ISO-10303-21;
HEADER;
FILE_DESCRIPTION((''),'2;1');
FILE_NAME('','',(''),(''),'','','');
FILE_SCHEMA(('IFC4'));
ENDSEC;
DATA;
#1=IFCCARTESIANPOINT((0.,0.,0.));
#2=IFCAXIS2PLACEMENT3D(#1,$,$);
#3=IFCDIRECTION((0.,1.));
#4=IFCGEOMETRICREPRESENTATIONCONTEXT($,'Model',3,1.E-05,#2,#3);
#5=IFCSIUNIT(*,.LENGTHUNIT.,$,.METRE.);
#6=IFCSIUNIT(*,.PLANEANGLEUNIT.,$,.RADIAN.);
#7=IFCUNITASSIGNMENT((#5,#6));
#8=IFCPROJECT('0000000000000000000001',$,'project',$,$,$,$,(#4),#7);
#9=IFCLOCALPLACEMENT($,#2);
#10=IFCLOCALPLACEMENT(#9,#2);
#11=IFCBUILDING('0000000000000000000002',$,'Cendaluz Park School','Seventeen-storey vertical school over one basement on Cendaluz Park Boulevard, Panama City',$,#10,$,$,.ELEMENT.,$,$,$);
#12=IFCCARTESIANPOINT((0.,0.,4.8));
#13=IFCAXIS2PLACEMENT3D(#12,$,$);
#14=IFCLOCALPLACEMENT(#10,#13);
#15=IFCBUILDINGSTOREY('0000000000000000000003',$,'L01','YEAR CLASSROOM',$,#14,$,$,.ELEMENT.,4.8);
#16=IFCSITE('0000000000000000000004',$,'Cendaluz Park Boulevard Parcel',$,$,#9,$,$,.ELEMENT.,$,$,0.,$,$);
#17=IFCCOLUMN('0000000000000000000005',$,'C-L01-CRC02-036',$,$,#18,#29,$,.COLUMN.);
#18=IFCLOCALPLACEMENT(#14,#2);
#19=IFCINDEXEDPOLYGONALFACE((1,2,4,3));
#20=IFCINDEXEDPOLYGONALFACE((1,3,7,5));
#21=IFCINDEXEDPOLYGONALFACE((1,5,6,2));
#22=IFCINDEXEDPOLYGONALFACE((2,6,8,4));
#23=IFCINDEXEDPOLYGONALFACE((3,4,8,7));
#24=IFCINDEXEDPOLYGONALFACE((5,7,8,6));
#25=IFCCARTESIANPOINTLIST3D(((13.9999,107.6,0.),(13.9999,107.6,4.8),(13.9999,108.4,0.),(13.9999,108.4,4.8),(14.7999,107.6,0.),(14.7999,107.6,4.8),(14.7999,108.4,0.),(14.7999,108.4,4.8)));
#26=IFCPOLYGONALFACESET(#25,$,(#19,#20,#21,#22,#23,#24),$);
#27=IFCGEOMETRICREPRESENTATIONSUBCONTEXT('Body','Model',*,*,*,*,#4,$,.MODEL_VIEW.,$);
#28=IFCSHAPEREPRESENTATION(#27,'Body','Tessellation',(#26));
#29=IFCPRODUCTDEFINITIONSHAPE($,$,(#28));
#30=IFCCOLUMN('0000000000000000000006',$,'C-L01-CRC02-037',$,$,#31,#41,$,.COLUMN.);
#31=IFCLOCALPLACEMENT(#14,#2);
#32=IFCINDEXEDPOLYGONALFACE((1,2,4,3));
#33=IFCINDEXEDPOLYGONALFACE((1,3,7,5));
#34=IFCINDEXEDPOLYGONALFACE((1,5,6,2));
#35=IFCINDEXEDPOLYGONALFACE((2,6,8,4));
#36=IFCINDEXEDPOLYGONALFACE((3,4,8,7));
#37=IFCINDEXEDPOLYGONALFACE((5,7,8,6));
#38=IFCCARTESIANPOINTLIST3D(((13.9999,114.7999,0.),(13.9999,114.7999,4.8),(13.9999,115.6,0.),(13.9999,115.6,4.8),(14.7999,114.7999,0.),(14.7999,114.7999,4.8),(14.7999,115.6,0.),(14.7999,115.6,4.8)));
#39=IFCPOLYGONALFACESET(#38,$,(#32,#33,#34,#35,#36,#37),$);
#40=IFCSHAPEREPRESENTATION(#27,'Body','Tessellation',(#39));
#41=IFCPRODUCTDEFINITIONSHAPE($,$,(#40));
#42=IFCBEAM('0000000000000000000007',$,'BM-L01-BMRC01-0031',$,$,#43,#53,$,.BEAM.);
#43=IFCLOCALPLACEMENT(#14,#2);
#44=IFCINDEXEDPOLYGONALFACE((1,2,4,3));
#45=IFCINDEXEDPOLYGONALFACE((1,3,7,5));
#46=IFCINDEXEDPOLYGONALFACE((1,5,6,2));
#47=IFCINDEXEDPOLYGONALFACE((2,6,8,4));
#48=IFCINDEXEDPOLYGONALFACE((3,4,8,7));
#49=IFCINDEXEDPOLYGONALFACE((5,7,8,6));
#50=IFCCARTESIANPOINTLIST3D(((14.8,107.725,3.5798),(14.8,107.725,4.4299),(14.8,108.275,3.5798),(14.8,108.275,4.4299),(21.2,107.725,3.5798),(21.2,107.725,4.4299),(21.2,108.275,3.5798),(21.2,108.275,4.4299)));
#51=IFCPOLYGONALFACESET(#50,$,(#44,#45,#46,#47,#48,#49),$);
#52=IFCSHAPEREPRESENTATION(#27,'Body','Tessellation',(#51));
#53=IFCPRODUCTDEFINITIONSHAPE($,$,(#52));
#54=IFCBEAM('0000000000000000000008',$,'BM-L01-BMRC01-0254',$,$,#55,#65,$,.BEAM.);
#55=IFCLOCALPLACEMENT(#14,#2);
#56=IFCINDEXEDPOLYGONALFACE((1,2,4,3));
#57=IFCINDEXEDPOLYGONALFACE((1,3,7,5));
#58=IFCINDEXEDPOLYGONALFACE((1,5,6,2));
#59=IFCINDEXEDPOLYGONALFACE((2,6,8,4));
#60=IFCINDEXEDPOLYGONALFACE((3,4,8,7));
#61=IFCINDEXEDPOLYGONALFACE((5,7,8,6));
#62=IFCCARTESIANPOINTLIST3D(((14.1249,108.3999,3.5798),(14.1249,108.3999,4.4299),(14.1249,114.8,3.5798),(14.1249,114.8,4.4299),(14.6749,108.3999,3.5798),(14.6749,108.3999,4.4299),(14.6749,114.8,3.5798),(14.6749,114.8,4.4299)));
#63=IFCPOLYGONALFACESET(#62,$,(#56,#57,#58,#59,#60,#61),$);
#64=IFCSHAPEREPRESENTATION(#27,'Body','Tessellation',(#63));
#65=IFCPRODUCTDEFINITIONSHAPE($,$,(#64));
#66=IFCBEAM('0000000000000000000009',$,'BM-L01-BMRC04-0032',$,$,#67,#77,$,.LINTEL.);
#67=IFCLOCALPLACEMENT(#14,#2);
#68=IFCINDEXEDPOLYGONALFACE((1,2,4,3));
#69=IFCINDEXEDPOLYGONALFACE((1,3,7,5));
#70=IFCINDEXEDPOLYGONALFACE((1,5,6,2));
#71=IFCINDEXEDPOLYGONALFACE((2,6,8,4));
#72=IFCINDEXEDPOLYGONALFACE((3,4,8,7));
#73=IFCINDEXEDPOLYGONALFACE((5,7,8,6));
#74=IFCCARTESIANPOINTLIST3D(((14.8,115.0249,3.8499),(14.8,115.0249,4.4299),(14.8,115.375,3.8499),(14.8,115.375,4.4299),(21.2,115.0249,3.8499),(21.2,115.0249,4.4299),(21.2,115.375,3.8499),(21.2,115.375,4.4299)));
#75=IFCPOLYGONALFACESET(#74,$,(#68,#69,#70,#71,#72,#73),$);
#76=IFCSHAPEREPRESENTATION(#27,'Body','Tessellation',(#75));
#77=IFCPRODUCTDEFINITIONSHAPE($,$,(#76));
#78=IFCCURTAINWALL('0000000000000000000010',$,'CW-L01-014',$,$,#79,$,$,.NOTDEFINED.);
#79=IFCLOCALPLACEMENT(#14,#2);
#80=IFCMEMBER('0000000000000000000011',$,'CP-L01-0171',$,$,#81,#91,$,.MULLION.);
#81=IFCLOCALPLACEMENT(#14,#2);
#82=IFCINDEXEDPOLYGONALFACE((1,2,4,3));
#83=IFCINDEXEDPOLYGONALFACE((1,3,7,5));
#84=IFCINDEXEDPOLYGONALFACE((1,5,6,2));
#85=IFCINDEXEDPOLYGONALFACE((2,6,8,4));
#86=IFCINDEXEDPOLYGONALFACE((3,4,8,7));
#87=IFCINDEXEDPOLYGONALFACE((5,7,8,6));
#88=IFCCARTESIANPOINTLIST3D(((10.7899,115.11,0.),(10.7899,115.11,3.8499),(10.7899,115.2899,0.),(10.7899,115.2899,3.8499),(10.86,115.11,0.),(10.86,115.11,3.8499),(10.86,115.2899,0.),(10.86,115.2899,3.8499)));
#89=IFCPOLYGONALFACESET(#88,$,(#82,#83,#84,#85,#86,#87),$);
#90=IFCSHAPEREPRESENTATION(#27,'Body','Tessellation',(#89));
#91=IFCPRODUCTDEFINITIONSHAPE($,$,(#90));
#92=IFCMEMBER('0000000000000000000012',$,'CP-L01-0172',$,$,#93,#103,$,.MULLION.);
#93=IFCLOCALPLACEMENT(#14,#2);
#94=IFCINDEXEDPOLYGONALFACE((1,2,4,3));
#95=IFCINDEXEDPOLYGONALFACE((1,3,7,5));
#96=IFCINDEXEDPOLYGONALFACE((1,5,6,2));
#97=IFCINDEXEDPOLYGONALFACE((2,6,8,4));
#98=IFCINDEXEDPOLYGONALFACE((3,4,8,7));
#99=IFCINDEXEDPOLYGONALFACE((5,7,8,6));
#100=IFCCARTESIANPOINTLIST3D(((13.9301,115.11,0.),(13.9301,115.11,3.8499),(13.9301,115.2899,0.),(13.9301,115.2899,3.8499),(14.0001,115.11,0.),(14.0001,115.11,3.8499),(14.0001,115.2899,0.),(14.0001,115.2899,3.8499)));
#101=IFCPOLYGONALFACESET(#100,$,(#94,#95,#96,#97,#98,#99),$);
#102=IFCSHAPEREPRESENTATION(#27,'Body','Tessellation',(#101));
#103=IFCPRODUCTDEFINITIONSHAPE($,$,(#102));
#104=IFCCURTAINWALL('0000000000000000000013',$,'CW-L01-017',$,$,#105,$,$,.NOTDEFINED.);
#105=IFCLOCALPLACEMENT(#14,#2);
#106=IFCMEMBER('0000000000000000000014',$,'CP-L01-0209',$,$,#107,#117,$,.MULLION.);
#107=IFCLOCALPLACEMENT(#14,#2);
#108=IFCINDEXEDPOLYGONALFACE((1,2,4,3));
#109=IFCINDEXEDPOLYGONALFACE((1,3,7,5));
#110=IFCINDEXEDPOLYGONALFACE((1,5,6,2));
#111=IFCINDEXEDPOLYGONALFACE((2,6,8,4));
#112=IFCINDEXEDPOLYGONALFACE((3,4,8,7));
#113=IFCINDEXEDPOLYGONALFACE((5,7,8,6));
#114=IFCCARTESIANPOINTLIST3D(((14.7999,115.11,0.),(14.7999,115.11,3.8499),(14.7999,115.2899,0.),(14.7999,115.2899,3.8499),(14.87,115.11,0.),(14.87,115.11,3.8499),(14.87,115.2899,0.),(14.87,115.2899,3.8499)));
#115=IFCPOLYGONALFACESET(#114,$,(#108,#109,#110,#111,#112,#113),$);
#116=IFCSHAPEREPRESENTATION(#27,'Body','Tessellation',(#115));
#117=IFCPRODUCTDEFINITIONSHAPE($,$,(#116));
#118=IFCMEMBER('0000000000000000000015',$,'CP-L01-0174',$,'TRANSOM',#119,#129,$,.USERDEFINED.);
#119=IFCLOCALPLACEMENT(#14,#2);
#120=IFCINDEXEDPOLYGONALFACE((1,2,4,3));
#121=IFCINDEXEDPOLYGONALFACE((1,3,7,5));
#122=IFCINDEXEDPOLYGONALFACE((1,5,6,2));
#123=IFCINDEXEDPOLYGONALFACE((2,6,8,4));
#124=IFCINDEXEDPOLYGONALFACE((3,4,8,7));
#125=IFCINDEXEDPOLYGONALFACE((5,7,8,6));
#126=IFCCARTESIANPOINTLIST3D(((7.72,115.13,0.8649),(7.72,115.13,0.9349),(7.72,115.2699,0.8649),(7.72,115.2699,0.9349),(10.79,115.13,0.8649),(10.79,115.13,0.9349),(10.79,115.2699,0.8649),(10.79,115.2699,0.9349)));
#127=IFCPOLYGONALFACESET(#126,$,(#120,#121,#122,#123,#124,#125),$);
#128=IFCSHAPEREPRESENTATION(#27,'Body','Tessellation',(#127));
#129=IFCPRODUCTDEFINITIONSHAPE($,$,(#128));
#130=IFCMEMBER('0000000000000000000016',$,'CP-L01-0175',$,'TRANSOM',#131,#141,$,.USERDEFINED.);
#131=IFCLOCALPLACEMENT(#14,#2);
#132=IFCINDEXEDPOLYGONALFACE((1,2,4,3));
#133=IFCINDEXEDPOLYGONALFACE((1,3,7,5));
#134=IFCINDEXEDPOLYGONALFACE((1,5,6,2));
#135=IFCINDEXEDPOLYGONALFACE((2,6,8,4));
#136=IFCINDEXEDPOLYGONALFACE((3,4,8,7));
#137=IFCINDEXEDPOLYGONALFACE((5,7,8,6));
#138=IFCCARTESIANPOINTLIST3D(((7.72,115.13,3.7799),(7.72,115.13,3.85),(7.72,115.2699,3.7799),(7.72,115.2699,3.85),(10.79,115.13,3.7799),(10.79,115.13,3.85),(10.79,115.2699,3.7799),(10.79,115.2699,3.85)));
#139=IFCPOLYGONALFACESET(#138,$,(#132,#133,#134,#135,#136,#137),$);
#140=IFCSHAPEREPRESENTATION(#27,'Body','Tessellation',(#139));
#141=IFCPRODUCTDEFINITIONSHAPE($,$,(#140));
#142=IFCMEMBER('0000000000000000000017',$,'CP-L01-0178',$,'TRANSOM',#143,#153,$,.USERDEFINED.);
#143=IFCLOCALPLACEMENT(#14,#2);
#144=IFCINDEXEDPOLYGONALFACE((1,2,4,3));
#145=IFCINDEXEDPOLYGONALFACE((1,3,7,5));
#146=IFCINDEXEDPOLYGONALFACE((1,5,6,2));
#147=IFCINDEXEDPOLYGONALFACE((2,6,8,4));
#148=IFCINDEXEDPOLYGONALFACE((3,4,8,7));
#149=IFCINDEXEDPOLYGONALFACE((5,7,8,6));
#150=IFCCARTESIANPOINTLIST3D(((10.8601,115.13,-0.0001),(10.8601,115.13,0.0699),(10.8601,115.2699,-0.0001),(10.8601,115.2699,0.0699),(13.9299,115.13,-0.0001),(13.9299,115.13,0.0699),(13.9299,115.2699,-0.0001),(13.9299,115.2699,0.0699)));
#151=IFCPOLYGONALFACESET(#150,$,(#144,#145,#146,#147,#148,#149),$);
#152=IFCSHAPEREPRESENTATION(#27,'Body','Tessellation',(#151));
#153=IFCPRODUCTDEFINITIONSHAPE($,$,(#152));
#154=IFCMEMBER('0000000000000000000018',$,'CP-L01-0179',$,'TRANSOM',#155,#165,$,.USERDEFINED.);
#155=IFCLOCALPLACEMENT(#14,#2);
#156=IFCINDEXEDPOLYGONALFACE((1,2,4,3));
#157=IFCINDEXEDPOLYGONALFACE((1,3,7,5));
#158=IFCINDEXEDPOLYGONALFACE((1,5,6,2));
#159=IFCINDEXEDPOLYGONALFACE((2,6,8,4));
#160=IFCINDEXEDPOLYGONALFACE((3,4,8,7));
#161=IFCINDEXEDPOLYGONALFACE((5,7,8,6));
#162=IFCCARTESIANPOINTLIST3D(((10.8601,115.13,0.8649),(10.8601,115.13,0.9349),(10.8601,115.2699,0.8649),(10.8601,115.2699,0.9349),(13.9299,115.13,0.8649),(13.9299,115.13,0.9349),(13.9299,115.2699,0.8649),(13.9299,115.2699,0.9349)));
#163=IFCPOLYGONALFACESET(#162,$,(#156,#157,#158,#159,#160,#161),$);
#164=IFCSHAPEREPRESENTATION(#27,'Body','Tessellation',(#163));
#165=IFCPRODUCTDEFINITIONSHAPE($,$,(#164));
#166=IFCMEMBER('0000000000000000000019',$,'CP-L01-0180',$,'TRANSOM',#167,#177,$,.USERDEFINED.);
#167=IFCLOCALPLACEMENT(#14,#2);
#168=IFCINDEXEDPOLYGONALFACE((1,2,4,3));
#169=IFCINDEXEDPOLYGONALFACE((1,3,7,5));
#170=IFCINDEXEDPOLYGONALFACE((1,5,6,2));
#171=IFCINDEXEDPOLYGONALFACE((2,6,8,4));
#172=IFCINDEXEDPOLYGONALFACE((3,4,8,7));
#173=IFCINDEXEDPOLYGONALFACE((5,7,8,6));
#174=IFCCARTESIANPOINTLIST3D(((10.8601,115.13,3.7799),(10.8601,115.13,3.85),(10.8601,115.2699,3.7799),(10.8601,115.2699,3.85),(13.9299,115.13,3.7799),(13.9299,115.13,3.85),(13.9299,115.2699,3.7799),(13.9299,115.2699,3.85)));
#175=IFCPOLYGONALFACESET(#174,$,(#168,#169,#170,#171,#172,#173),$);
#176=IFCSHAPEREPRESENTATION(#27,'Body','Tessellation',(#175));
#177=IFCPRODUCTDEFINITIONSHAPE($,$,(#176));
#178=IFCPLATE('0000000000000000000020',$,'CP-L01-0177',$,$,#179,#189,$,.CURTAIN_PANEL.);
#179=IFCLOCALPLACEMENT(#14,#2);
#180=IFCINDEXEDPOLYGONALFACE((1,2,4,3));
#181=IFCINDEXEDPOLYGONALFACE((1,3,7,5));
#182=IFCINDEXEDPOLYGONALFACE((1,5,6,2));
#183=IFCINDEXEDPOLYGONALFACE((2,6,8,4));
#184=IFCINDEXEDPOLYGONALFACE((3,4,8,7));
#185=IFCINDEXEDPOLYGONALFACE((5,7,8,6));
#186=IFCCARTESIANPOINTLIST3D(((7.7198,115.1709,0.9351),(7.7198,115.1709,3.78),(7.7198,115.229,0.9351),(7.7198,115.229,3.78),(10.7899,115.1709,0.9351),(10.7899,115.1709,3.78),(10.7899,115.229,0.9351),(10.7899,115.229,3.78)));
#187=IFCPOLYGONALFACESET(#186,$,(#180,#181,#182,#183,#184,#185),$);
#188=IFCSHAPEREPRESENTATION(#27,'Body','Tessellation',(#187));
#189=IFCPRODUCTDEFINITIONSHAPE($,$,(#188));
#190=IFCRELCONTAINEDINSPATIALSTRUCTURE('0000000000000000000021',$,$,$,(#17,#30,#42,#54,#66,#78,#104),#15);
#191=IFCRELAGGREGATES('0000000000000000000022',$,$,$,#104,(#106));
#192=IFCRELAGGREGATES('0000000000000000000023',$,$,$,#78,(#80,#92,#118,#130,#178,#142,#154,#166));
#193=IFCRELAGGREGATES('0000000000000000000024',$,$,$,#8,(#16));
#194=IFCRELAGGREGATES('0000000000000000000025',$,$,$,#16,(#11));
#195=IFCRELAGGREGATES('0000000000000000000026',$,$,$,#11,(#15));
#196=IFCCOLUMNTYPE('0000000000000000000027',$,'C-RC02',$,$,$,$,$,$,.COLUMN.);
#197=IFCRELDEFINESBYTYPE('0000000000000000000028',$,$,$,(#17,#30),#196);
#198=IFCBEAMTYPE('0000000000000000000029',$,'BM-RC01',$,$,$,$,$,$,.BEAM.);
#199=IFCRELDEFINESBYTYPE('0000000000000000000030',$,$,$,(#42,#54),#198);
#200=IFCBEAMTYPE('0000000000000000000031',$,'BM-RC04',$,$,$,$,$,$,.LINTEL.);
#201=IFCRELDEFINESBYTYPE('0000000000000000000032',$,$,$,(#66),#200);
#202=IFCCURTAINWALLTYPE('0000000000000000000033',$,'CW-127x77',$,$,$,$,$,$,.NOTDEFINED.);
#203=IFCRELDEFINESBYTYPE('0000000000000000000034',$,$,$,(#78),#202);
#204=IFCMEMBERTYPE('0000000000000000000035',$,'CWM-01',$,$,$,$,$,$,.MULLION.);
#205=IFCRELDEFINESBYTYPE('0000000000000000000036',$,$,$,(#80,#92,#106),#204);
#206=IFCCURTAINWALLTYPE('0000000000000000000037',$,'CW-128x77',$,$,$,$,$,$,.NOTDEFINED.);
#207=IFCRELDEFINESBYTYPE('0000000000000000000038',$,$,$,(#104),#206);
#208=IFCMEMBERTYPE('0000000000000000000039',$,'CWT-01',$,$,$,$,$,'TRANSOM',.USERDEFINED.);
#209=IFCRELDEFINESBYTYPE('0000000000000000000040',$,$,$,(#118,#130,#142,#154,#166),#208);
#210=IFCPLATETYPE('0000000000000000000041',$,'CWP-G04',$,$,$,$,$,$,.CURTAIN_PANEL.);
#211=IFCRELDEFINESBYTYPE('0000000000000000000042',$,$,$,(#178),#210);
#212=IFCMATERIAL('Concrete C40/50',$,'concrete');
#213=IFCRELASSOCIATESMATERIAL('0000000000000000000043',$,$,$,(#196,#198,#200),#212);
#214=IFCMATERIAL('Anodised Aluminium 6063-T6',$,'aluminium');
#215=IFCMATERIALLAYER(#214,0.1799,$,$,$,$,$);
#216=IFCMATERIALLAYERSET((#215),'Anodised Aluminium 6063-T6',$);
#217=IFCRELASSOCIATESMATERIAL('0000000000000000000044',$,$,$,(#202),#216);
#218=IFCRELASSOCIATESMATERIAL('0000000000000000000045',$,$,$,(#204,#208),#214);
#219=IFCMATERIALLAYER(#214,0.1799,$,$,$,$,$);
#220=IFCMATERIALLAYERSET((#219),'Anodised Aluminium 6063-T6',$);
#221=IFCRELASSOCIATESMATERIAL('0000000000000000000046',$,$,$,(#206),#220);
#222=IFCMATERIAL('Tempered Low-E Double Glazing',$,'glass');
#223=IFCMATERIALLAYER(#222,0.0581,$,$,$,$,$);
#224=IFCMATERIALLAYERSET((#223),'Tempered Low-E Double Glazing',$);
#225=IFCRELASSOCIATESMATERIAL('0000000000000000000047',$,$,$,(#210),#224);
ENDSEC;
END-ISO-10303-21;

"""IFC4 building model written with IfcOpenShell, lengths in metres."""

from ifc_helpers import new_model, si_unit, direction, frame, origin, origin_2d, place, context, subcontext, project, spatial, rectangle, extrude, material, layer, layer_set, material_profile, profile_set, type_object, element, aggregate, save


model = new_model("IFC4")

# Units and contexts
model_context = context("Model", 3, precision=1e-05, world=origin(), true_north=direction((0.0, 1.0)))
body_context = subcontext(model_context, "Body", "Model", "MODEL_VIEW")
ifc_project = project(units=[si_unit("LENGTHUNIT", "METRE"), si_unit("PLANEANGLEUNIT", "RADIAN")], contexts=[model_context])

# Site, building, storey
site_placement = place(None, origin())
site = spatial("IfcSite", under=ifc_project, at=site_placement, Name="Cendaluz Park Boulevard Parcel", CompositionType="ELEMENT", RefElevation=0.0)
building_placement = place(site_placement, origin())
building = spatial("IfcBuilding", under=site, at=building_placement, Name="Cendaluz Park School", Description="Seventeen-storey vertical school over one basement on Cendaluz Park Boulevard, Panama City", CompositionType="ELEMENT")
storey_placement = place(building_placement, frame((0.0, 0.0, 4.8)))
storey = spatial("IfcBuildingStorey", under=building, at=storey_placement, Name="L01", Description="YEAR CLASSROOM", CompositionType="ELEMENT", Elevation=4.8)

# Columns
ifc_material_1 = material(Name="Concrete C40/50", Category="concrete")
ifc_material_profile_1 = material_profile(ifc_material_1, rectangle(XDim=0.8, YDim=0.8, at=origin_2d()), Name="RC 800x800", Category="concrete")
ifc_profile_set_1 = profile_set([ifc_material_profile_1], Name="Concrete C40/50")
column_type = type_object("IfcColumnType", Name="C-RC02", PredefinedType="COLUMN", material=ifc_profile_set_1)
for number, where, z_axis, x_axis, name in (
    (1, (14.3999, 108.0, 0.0), (0.0, 0.0, 1.0), (1.0, 0.0, 0.0), "C-L01-CRC02-036"),
    (2, (14.3999, 115.2, 0.0), (0.0, 0.0, 1.0), (1.0, 0.0, 0.0), "C-L01-CRC02-037"),
):
    element("IfcColumn", number, at=place(storey_placement, frame(where, z_axis=z_axis, x_axis=x_axis)), inside=storey, type_object=column_type, Name=name, PredefinedType="COLUMN", context=body_context, shape_type="SweptSolid", body=[
        extrude(rectangle(XDim=0.8, YDim=0.8, at=origin_2d()), origin(), (0.0, 0.0, 1.0), 4.8),
    ])

# Beams
ifc_material_profile_2 = material_profile(ifc_material_1, rectangle(XDim=0.55, YDim=0.8501, at=origin_2d()), Name="RC 550x850", Category="concrete")
ifc_profile_set_2 = profile_set([ifc_material_profile_2], Name="Concrete C40/50")
beam_type_1 = type_object("IfcBeamType", Name="BM-RC01", PredefinedType="BEAM", material=ifc_profile_set_2)
beam_1_placement = place(storey_placement, frame((14.8, 108.0, 4.0049), z_axis=(1.0, 0.0, 0.0), x_axis=(0.0, 1.0, 0.0)))
element("IfcBeam", 3, at=beam_1_placement, inside=storey, type_object=beam_type_1, Name="BM-L01-BMRC01-0031", PredefinedType="BEAM", context=body_context, shape_type="SweptSolid", body=[
    extrude(rectangle(XDim=0.55, YDim=0.8501, at=origin_2d()), origin(), (0.0, 0.0, 1.0), 6.3999),
])
beam_2_placement = place(storey_placement, frame((14.3999, 108.3999, 4.0049), z_axis=(0.0, 1.0, 0.0), x_axis=(-1.0, 0.0, 0.0)))
element("IfcBeam", 4, at=beam_2_placement, inside=storey, type_object=beam_type_1, Name="BM-L01-BMRC01-0254", PredefinedType="BEAM", context=body_context, shape_type="SweptSolid", body=[
    extrude(rectangle(XDim=0.55, YDim=0.8501, at=origin_2d()), origin(), (0.0, 0.0, 1.0), 6.4001),
])
ifc_material_profile_3 = material_profile(ifc_material_1, rectangle(XDim=0.3501, YDim=0.5801, at=origin_2d()), Name="RC 350x580", Category="concrete")
ifc_profile_set_3 = profile_set([ifc_material_profile_3], Name="Concrete C40/50")
beam_type_2 = type_object("IfcBeamType", Name="BM-RC04", PredefinedType="LINTEL", material=ifc_profile_set_3)
beam_3_placement = place(storey_placement, frame((14.8, 115.2, 4.1399), z_axis=(1.0, 0.0, 0.0), x_axis=(0.0, 1.0, 0.0)))
element("IfcBeam", 5, at=beam_3_placement, inside=storey, type_object=beam_type_2, Name="BM-L01-BMRC04-0032", PredefinedType="LINTEL", context=body_context, shape_type="SweptSolid", body=[
    extrude(rectangle(XDim=0.3501, YDim=0.5801, at=origin_2d()), origin(), (0.0, 0.0, 1.0), 6.3999),
])

# Curtain wall, members
ifc_material_2 = material(Name="Anodised Aluminium 6063-T6", Category="aluminium")
ifc_layer_1 = layer(ifc_material_2, 0.1799)
ifc_layer_set_1 = layer_set([ifc_layer_1], Name="Anodised Aluminium 6063-T6")
curtain_wall_type_1 = type_object("IfcCurtainWallType", Name="CW-127x77", PredefinedType="NOTDEFINED", material=ifc_layer_set_1)
curtain_wall_1_placement = place(storey_placement, origin())
curtain_wall_1 = element("IfcCurtainWall", 6, at=curtain_wall_1_placement, inside=storey, type_object=curtain_wall_type_1, Name="CW-L01-014", PredefinedType="NOTDEFINED")
ifc_material_profile_4 = material_profile(ifc_material_2, rectangle(XDim=0.1799, YDim=0.0701, at=origin_2d()), Name="CWM 180x70", Category="aluminium")
ifc_profile_set_4 = profile_set([ifc_material_profile_4], Name="Anodised Aluminium 6063-T6")
member_type_1 = type_object("IfcMemberType", Name="CWM-01", PredefinedType="MULLION", material=ifc_profile_set_4)
member_1_placement = place(storey_placement, frame((10.825, 115.2, 0.0), z_axis=(0.0, 0.0, 1.0), x_axis=(0.0, 1.0, 0.0)))
member_1 = element("IfcMember", 7, at=member_1_placement, type_object=member_type_1, Name="CP-L01-0171", PredefinedType="MULLION", context=body_context, shape_type="SweptSolid", body=[
    extrude(rectangle(XDim=0.1799, YDim=0.0701, at=origin_2d()), origin(), (0.0, 0.0, 1.0), 3.8499),
])
member_2_placement = place(storey_placement, frame((13.9651, 115.2, 0.0), z_axis=(0.0, 0.0, 1.0), x_axis=(0.0, 1.0, 0.0)))
member_2 = element("IfcMember", 8, at=member_2_placement, type_object=member_type_1, Name="CP-L01-0172", PredefinedType="MULLION", context=body_context, shape_type="SweptSolid", body=[
    extrude(rectangle(XDim=0.1799, YDim=0.0701, at=origin_2d()), origin(), (0.0, 0.0, 1.0), 3.8499),
])

# Curtain wall, member
ifc_layer_2 = layer(ifc_material_2, 0.1799)
ifc_layer_set_2 = layer_set([ifc_layer_2], Name="Anodised Aluminium 6063-T6")
curtain_wall_type_2 = type_object("IfcCurtainWallType", Name="CW-128x77", PredefinedType="NOTDEFINED", material=ifc_layer_set_2)
curtain_wall_2_placement = place(storey_placement, origin())
curtain_wall_2 = element("IfcCurtainWall", 9, at=curtain_wall_2_placement, inside=storey, type_object=curtain_wall_type_2, Name="CW-L01-017", PredefinedType="NOTDEFINED")
member_3_placement = place(storey_placement, frame((14.835, 115.2, 0.0), z_axis=(0.0, 0.0, 1.0), x_axis=(0.0, 1.0, 0.0)))
member_3 = element("IfcMember", 10, at=member_3_placement, type_object=member_type_1, Name="CP-L01-0209", PredefinedType="MULLION", context=body_context, shape_type="SweptSolid", body=[
    extrude(rectangle(XDim=0.1799, YDim=0.0701, at=origin_2d()), origin(), (0.0, 0.0, 1.0), 3.8499),
])
aggregate(curtain_wall_2, [member_3])

# Members
ifc_material_profile_5 = material_profile(ifc_material_2, rectangle(XDim=0.1399, YDim=0.0701, at=origin_2d()), Name="CWT 140x70", Category="aluminium")
ifc_profile_set_5 = profile_set([ifc_material_profile_5], Name="Anodised Aluminium 6063-T6")
member_type_2 = type_object("IfcMemberType", Name="CWT-01", ElementType="TRANSOM", PredefinedType="USERDEFINED", material=ifc_profile_set_5)
member_4_placement = place(storey_placement, frame((7.72, 115.2, 0.8999), z_axis=(1.0, 0.0, 0.0), x_axis=(0.0, 1.0, 0.0)))
member_4 = element("IfcMember", 11, at=member_4_placement, type_object=member_type_2, Name="CP-L01-0174", ObjectType="TRANSOM", PredefinedType="USERDEFINED", context=body_context, shape_type="SweptSolid", body=[
    extrude(rectangle(XDim=0.1399, YDim=0.0701, at=origin_2d()), origin(), (0.0, 0.0, 1.0), 3.0701),
])
member_5_placement = place(storey_placement, frame((7.72, 115.2, 3.8149), z_axis=(1.0, 0.0, 0.0), x_axis=(0.0, 1.0, 0.0)))
member_5 = element("IfcMember", 12, at=member_5_placement, type_object=member_type_2, Name="CP-L01-0175", ObjectType="TRANSOM", PredefinedType="USERDEFINED", context=body_context, shape_type="SweptSolid", body=[
    extrude(rectangle(XDim=0.1399, YDim=0.0701, at=origin_2d()), origin(), (0.0, 0.0, 1.0), 3.0701),
])
member_6_placement = place(storey_placement, frame((10.8601, 115.2, 0.0349), z_axis=(1.0, 0.0, 0.0), x_axis=(0.0, 1.0, 0.0)))
member_6 = element("IfcMember", 13, at=member_6_placement, type_object=member_type_2, Name="CP-L01-0178", ObjectType="TRANSOM", PredefinedType="USERDEFINED", context=body_context, shape_type="SweptSolid", body=[
    extrude(rectangle(XDim=0.1399, YDim=0.0701, at=origin_2d()), origin(), (0.0, 0.0, 1.0), 3.0698),
])
member_7_placement = place(storey_placement, frame((10.8601, 115.2, 0.8999), z_axis=(1.0, 0.0, 0.0), x_axis=(0.0, 1.0, 0.0)))
member_7 = element("IfcMember", 14, at=member_7_placement, type_object=member_type_2, Name="CP-L01-0179", ObjectType="TRANSOM", PredefinedType="USERDEFINED", context=body_context, shape_type="SweptSolid", body=[
    extrude(rectangle(XDim=0.1399, YDim=0.0701, at=origin_2d()), origin(), (0.0, 0.0, 1.0), 3.0698),
])
member_8_placement = place(storey_placement, frame((10.8601, 115.2, 3.8149), z_axis=(1.0, 0.0, 0.0), x_axis=(0.0, 1.0, 0.0)))
member_8 = element("IfcMember", 15, at=member_8_placement, type_object=member_type_2, Name="CP-L01-0180", ObjectType="TRANSOM", PredefinedType="USERDEFINED", context=body_context, shape_type="SweptSolid", body=[
    extrude(rectangle(XDim=0.1399, YDim=0.0701, at=origin_2d()), origin(), (0.0, 0.0, 1.0), 3.0698),
])

# Plate
ifc_material_3 = material(Name="Tempered Low-E Double Glazing", Category="glass")
ifc_layer_3 = layer(ifc_material_3, 0.0581)
ifc_layer_set_3 = layer_set([ifc_layer_3], Name="Tempered Low-E Double Glazing")
plate_type_1 = type_object("IfcPlateType", Name="CWP-G04", PredefinedType="CURTAIN_PANEL", material=ifc_layer_set_3)
plate_1_placement = place(storey_placement, frame((9.2549, 115.2, 0.9351), z_axis=(0.0, 0.0, 1.0), x_axis=(1.0, 0.0, 0.0)))
plate_1 = element("IfcPlate", 16, at=plate_1_placement, type_object=plate_type_1, Name="CP-L01-0177", PredefinedType="CURTAIN_PANEL", context=body_context, shape_type="SweptSolid", body=[
    extrude(rectangle(XDim=3.0701, YDim=0.0581, at=origin_2d()), origin(), (0.0, 0.0, 1.0), 2.845),
])
aggregate(curtain_wall_1, [member_1, member_2, member_4, member_5, plate_1, member_6, member_7, member_8])

save(model, "model.ifc")
